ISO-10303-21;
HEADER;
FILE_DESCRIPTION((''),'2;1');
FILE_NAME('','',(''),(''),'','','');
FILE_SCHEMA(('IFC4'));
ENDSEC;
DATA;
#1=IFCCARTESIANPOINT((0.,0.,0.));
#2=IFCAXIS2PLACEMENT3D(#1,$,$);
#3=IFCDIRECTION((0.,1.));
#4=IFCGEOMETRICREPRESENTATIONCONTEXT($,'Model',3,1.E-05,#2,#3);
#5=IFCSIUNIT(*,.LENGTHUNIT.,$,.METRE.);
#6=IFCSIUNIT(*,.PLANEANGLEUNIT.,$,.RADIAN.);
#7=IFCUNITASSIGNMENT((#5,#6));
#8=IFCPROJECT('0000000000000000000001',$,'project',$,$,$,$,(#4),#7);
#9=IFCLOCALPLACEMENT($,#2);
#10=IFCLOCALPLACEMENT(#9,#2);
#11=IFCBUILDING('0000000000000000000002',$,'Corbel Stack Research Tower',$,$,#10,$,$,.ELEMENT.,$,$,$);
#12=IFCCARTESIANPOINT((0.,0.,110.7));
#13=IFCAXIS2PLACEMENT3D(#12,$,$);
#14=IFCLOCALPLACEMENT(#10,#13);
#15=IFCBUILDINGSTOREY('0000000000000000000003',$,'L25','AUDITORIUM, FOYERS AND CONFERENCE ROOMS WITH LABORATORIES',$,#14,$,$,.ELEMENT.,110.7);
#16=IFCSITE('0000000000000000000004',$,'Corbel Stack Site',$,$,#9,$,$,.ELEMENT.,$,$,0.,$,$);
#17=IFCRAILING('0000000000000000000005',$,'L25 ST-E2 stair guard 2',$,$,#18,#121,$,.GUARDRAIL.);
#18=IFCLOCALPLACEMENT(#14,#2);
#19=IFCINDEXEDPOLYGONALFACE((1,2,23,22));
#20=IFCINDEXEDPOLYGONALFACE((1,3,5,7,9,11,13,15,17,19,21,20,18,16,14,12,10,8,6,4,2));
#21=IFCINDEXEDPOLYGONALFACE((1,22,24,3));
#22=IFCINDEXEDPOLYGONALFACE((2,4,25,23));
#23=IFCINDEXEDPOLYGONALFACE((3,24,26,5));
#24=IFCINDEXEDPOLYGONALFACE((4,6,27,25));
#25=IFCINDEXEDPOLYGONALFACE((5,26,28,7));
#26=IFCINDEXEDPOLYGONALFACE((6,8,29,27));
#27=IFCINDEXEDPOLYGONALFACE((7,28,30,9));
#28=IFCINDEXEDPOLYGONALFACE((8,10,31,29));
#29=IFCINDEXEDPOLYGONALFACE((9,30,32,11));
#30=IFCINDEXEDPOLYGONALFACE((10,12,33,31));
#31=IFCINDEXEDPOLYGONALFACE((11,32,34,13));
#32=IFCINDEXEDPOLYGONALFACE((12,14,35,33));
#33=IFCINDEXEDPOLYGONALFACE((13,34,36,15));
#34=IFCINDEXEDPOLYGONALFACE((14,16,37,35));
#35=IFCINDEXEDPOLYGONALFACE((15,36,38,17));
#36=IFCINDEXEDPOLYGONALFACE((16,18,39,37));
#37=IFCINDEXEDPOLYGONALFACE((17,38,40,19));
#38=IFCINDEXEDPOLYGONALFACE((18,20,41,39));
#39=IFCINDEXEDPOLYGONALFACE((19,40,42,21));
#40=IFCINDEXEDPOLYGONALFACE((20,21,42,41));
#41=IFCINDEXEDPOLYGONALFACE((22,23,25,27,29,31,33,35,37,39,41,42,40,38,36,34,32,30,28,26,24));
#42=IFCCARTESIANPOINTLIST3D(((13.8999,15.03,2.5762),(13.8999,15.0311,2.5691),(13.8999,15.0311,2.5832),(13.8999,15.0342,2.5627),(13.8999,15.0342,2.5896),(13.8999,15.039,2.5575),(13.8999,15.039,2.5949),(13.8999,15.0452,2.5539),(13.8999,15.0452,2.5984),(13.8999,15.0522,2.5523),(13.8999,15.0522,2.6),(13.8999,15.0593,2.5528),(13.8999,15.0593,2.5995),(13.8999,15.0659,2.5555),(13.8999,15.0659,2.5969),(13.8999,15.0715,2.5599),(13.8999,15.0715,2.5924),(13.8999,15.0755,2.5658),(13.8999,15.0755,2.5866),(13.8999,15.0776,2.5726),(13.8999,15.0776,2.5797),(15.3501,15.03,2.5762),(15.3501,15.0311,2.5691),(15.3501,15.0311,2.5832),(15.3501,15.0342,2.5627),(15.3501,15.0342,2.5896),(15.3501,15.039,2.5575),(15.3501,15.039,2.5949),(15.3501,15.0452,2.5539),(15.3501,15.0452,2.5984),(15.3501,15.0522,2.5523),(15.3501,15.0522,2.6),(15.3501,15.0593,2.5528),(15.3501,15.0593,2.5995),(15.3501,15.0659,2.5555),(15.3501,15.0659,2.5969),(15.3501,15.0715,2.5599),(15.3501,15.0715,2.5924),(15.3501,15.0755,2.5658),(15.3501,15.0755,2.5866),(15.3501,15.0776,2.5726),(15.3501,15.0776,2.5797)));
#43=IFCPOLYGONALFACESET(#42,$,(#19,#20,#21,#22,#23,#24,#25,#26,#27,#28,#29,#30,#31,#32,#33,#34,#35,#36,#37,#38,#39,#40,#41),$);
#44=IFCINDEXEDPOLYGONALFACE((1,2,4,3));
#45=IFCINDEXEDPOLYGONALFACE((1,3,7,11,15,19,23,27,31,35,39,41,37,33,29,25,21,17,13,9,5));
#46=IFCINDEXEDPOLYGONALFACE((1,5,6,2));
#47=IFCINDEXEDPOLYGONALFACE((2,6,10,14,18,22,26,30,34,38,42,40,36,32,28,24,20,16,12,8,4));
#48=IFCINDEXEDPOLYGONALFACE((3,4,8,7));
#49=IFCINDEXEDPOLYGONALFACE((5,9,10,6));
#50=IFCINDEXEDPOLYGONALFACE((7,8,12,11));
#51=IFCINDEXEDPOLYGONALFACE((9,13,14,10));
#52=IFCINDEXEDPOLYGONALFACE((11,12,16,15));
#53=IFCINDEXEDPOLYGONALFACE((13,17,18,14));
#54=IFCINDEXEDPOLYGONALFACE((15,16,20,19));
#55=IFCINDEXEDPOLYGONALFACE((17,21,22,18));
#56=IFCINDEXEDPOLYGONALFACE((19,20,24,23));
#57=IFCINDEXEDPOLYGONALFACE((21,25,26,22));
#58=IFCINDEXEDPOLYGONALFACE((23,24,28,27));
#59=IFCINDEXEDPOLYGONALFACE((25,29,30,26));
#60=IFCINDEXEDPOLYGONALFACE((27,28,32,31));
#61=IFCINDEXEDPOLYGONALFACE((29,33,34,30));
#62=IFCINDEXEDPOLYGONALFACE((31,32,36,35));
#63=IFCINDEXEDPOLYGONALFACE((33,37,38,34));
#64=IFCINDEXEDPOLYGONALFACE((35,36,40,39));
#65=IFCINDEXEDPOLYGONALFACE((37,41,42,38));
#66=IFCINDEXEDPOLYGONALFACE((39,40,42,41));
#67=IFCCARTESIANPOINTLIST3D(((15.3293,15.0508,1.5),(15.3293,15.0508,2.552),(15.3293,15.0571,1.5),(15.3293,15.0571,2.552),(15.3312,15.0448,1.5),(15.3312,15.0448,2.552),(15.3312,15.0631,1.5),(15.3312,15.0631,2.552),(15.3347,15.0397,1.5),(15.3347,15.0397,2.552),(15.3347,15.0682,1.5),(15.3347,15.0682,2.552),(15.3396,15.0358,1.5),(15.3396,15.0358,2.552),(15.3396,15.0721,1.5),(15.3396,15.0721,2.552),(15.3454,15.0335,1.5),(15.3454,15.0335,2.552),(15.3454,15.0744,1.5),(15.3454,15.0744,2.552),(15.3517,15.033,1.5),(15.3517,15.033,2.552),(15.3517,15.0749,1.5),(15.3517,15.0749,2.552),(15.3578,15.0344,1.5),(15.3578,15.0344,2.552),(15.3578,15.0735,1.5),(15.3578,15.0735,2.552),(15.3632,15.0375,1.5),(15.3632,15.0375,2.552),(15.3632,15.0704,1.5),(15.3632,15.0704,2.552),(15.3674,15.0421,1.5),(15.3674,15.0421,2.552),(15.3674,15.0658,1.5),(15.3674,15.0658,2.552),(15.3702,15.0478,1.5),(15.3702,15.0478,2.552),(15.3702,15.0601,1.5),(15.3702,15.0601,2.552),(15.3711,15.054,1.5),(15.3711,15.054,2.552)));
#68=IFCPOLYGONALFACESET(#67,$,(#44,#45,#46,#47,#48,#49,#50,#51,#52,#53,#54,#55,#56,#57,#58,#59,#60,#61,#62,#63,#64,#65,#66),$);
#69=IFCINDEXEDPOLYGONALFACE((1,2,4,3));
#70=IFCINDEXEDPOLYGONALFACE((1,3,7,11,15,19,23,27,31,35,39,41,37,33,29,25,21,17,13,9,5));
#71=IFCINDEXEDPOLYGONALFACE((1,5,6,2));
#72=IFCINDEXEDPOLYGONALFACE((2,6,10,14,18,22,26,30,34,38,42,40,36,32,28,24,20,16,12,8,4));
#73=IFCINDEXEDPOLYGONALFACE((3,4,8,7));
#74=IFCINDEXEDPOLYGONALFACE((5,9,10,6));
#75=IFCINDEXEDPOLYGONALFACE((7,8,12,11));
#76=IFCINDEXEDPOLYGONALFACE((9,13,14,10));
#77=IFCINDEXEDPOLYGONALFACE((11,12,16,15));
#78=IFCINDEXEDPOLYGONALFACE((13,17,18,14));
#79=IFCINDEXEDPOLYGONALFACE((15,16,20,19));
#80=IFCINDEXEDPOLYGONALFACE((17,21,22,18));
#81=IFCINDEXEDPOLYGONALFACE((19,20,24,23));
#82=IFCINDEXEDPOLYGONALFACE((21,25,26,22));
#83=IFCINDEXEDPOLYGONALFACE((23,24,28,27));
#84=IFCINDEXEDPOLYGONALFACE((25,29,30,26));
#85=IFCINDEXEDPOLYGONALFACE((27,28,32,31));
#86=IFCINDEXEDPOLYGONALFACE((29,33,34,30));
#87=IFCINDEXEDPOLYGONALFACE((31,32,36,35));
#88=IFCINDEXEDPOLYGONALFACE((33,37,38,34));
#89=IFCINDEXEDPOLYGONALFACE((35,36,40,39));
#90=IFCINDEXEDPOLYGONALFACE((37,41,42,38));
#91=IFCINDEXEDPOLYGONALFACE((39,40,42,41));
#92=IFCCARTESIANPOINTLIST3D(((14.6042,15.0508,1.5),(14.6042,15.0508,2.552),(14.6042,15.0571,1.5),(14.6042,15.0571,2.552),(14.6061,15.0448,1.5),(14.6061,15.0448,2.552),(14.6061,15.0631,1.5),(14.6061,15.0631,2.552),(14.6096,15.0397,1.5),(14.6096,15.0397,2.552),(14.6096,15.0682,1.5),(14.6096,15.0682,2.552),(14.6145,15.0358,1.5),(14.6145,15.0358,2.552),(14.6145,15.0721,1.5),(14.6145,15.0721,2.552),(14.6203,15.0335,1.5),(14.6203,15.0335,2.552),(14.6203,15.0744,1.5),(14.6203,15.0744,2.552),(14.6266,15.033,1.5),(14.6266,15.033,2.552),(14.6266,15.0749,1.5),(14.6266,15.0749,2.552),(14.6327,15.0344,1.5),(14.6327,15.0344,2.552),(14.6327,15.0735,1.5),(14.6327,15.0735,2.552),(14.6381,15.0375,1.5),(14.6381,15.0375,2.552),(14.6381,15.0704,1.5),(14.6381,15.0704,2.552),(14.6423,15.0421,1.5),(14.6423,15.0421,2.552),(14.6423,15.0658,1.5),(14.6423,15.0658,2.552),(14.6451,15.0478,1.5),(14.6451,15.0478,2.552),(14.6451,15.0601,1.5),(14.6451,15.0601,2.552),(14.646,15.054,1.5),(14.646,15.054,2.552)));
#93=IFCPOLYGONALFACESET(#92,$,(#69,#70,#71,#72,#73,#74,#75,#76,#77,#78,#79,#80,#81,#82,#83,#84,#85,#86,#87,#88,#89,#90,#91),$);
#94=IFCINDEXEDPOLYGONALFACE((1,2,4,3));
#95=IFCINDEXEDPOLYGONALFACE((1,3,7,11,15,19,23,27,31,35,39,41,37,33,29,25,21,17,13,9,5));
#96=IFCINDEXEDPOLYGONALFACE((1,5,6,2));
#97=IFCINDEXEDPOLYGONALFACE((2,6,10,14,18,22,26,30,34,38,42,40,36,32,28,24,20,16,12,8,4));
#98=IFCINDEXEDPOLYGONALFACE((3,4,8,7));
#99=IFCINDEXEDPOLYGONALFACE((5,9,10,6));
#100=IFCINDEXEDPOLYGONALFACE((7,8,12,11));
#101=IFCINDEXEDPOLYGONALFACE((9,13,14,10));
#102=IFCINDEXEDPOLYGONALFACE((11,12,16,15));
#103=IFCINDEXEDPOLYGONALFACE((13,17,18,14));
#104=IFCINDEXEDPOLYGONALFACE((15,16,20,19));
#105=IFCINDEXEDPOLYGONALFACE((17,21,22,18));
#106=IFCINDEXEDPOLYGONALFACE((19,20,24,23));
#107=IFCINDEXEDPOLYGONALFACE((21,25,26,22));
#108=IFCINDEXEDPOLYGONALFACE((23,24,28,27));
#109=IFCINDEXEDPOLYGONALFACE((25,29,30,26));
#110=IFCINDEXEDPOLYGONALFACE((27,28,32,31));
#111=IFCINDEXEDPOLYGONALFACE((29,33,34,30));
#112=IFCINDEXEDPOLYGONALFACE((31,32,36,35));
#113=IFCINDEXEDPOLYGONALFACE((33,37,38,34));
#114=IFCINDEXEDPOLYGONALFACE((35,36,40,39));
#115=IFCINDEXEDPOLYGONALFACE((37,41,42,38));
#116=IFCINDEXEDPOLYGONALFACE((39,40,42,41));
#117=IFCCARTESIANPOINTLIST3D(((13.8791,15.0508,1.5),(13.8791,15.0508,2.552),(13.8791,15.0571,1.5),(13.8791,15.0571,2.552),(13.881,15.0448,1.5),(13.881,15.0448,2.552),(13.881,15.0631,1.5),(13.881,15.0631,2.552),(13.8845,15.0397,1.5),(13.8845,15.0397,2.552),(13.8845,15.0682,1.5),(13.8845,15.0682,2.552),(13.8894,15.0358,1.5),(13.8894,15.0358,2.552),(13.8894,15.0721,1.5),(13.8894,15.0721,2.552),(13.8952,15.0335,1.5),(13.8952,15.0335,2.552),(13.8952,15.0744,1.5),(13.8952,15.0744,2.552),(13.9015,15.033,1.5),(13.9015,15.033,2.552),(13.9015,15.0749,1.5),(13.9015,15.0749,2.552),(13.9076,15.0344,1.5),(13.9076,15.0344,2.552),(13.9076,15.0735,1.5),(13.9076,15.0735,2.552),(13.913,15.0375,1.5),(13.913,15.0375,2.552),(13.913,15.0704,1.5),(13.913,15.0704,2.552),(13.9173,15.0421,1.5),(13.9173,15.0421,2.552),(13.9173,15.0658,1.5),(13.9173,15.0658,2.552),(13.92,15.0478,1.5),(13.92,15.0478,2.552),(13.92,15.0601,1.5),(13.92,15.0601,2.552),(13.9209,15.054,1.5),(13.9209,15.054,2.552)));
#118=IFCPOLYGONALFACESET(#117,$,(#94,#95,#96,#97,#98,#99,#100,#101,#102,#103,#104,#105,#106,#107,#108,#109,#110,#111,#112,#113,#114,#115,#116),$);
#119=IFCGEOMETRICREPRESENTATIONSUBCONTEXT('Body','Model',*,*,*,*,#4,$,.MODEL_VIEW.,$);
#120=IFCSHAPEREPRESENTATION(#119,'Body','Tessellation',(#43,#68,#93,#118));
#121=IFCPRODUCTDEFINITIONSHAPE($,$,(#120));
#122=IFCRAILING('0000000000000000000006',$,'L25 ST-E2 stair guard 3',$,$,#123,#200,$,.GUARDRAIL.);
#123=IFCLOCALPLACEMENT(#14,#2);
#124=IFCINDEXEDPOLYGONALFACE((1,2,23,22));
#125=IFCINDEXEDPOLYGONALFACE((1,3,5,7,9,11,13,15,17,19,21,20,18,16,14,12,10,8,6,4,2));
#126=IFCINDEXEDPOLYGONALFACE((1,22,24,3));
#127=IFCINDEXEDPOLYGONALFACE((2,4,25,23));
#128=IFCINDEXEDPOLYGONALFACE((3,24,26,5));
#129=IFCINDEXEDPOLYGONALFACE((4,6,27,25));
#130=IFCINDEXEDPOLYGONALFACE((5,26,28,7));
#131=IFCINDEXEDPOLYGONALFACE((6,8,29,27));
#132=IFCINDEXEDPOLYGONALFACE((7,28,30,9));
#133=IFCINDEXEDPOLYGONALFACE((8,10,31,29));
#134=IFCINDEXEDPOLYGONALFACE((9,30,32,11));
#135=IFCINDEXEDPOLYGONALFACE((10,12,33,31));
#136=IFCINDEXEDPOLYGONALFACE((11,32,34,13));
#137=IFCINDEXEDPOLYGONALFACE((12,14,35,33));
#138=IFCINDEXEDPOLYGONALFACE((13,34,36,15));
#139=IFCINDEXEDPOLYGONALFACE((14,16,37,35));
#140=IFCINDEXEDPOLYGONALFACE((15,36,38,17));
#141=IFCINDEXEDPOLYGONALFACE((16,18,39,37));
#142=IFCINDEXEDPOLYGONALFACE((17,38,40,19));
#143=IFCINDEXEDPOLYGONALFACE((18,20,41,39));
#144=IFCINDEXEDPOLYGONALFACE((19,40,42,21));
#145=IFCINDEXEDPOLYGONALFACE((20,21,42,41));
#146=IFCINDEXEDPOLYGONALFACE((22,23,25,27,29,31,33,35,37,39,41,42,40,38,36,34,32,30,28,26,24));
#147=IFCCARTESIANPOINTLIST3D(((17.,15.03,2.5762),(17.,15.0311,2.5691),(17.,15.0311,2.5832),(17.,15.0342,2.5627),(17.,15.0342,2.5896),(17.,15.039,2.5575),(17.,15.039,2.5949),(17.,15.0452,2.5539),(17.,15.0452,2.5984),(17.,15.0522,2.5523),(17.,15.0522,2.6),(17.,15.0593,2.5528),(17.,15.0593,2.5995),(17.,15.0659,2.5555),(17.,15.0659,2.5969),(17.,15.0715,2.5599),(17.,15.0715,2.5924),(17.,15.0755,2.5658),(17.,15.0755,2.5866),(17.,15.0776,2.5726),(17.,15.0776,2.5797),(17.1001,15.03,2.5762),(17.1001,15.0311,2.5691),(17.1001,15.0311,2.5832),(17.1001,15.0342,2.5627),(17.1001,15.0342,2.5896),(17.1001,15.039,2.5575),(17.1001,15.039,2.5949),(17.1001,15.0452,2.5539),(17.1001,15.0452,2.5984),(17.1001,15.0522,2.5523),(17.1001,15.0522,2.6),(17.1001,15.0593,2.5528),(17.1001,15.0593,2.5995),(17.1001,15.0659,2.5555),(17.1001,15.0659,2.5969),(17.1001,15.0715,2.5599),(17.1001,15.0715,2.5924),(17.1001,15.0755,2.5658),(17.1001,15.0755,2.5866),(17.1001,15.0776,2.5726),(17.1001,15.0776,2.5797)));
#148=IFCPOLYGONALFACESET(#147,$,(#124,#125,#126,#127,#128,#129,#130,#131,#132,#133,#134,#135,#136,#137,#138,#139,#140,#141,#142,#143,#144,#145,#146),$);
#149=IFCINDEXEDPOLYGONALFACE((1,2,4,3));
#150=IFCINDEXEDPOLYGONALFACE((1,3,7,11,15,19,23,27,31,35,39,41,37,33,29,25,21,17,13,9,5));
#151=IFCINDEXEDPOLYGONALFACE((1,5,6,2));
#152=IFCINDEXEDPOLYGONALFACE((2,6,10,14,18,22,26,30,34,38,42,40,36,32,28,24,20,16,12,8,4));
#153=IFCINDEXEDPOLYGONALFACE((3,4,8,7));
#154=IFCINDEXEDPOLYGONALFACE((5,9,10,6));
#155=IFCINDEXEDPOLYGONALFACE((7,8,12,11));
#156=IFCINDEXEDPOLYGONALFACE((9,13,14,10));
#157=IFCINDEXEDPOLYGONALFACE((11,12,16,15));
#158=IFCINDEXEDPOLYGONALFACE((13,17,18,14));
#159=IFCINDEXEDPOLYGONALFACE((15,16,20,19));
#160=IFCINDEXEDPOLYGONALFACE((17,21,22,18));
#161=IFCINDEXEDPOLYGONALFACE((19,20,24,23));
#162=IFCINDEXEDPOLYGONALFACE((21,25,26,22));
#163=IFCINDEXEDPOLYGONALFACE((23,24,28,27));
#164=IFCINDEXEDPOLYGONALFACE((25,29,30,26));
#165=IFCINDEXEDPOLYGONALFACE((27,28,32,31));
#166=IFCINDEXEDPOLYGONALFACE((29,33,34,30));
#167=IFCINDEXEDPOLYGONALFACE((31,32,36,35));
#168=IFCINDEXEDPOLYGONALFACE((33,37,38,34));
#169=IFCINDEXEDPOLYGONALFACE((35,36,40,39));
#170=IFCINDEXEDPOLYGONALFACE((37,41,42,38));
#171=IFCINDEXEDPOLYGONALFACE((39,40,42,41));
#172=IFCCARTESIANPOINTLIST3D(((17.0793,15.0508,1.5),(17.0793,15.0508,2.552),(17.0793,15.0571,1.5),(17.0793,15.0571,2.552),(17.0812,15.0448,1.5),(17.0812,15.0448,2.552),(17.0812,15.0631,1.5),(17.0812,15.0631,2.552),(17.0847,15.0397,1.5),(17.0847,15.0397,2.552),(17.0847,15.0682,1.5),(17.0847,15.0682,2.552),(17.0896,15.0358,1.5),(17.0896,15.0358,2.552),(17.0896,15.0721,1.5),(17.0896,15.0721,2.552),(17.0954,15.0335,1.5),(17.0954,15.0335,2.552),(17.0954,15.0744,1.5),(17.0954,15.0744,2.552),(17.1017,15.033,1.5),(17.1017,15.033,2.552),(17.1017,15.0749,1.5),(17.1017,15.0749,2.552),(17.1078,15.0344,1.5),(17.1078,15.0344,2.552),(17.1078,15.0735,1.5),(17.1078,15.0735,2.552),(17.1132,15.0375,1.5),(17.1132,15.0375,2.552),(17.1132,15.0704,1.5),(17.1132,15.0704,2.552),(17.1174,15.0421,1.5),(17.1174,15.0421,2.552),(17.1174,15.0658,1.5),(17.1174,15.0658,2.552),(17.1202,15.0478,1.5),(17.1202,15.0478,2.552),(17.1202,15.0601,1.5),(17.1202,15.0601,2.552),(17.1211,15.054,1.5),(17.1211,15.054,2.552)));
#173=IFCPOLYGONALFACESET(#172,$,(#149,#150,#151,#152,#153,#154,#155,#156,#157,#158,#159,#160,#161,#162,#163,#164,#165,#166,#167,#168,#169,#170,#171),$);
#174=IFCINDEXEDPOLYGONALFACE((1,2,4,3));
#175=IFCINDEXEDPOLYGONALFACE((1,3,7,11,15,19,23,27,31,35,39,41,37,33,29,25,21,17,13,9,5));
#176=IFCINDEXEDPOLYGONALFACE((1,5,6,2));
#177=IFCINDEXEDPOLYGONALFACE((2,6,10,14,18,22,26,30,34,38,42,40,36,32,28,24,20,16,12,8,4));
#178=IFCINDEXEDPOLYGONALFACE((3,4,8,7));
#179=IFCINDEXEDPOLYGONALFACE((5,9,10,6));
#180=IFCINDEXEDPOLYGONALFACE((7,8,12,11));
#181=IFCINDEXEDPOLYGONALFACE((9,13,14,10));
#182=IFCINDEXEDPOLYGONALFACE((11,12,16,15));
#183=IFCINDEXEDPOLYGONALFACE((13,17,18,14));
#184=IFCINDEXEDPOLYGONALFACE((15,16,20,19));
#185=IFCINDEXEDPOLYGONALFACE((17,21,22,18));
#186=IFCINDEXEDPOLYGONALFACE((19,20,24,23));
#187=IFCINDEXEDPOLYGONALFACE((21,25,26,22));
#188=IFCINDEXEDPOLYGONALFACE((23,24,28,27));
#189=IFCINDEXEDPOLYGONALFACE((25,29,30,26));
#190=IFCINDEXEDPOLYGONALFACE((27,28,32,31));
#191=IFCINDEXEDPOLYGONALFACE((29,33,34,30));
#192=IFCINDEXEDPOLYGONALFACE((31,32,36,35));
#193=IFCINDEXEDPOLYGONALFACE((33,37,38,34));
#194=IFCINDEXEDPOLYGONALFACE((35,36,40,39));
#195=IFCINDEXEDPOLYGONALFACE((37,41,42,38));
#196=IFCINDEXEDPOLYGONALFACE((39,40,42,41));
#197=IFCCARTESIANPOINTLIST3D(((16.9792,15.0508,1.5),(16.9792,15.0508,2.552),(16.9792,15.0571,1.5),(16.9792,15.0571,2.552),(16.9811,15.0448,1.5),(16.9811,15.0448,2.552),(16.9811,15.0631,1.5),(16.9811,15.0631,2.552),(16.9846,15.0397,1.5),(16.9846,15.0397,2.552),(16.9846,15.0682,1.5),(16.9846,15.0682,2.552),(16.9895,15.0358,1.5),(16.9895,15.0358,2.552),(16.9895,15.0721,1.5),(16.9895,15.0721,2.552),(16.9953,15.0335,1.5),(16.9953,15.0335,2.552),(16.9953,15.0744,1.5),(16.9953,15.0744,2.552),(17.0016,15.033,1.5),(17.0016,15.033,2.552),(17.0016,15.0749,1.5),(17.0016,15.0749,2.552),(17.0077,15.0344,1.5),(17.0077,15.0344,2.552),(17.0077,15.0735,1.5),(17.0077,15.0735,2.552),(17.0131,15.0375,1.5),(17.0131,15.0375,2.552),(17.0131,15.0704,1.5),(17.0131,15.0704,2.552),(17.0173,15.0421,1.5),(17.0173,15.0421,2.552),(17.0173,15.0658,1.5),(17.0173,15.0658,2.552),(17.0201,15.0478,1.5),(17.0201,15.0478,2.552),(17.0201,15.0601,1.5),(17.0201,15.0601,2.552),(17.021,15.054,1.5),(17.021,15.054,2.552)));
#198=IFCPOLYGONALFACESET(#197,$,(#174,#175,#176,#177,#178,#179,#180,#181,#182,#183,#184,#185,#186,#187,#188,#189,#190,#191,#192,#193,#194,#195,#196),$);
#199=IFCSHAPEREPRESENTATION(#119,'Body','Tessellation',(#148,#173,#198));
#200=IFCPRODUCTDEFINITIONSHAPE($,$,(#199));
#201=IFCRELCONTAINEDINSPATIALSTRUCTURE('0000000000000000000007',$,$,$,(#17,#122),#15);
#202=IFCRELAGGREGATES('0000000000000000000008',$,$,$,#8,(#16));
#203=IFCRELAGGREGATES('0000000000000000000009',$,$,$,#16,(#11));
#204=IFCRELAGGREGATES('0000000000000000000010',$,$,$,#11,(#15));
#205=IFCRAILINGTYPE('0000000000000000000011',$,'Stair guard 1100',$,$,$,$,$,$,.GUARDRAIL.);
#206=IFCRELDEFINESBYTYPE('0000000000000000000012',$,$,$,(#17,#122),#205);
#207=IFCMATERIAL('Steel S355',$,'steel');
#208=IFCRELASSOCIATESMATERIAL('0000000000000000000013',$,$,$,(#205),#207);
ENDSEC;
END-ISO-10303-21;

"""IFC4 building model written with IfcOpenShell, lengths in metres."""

from ifc_helpers import new_model, si_unit, direction, frame, origin, origin_2d, place, context, subcontext, project, spatial, circle, extrude, material, type_object, element, save


model = new_model("IFC4")

# Units and contexts
model_context = context("Model", 3, precision=1e-05, world=origin(), true_north=direction((0.0, 1.0)))
body_context = subcontext(model_context, "Body", "Model", "MODEL_VIEW")
ifc_project = project(units=[si_unit("LENGTHUNIT", "METRE"), si_unit("PLANEANGLEUNIT", "RADIAN")], contexts=[model_context])

# Site, building, storey
site_placement = place(None, origin())
site = spatial("IfcSite", under=ifc_project, at=site_placement, Name="Corbel Stack Site", CompositionType="ELEMENT", RefElevation=0.0)
building_placement = place(site_placement, origin())
building = spatial("IfcBuilding", under=site, at=building_placement, Name="Corbel Stack Research Tower", CompositionType="ELEMENT")
storey_placement = place(building_placement, frame((0.0, 0.0, 110.7)))
storey = spatial("IfcBuildingStorey", under=building, at=storey_placement, Name="L25", Description="AUDITORIUM, FOYERS AND CONFERENCE ROOMS WITH LABORATORIES", CompositionType="ELEMENT", Elevation=110.7)

# Railings
ifc_material_1 = material(Name="Steel S355", Category="steel")
railing_type_1 = type_object("IfcRailingType", Name="Stair guard 1100", PredefinedType="GUARDRAIL", material=ifc_material_1)
railing_1_placement = place(storey_placement, frame((15.3501, 15.054, 1.5)))
element("IfcRailing", 1, at=railing_1_placement, inside=storey, type_object=railing_type_1, Name="L25 ST-E2 stair guard 2", PredefinedType="GUARDRAIL", context=body_context, shape_type="SweptSolid", body=[
    extrude(circle(Radius=0.0239, at=origin_2d()), frame((0.0, 0.0, 1.0762), z_axis=(-1.0, 0.0, 0.0), x_axis=(0.0, -1.0, 0.0)), (0.0, 0.0, 1.0), 1.4502),
    extrude(circle(Radius=0.021, at=origin_2d()), origin(), (0.0, 0.0, 1.0), 1.052),
    extrude(circle(Radius=0.021, at=origin_2d()), frame((-0.7251, 0.0, 0.0)), (0.0, 0.0, 1.0), 1.052),
    extrude(circle(Radius=0.021, at=origin_2d()), frame((-1.4502, 0.0, 0.0)), (0.0, 0.0, 1.0), 1.052),
])
railing_2_placement = place(storey_placement, frame((17.1001, 15.054, 1.5)))
element("IfcRailing", 2, at=railing_2_placement, inside=storey, type_object=railing_type_1, Name="L25 ST-E2 stair guard 3", PredefinedType="GUARDRAIL", context=body_context, shape_type="SweptSolid", body=[
    extrude(circle(Radius=0.0239, at=origin_2d()), frame((0.0, 0.0, 1.0762), z_axis=(-1.0, 0.0, 0.0), x_axis=(0.0, -1.0, 0.0)), (0.0, 0.0, 1.0), 0.1001),
    extrude(circle(Radius=0.021, at=origin_2d()), origin(), (0.0, 0.0, 1.0), 1.052),
    extrude(circle(Radius=0.021, at=origin_2d()), frame((-0.1001, 0.0, 0.0)), (0.0, 0.0, 1.0), 1.052),
])

save(model, "model.ifc")
